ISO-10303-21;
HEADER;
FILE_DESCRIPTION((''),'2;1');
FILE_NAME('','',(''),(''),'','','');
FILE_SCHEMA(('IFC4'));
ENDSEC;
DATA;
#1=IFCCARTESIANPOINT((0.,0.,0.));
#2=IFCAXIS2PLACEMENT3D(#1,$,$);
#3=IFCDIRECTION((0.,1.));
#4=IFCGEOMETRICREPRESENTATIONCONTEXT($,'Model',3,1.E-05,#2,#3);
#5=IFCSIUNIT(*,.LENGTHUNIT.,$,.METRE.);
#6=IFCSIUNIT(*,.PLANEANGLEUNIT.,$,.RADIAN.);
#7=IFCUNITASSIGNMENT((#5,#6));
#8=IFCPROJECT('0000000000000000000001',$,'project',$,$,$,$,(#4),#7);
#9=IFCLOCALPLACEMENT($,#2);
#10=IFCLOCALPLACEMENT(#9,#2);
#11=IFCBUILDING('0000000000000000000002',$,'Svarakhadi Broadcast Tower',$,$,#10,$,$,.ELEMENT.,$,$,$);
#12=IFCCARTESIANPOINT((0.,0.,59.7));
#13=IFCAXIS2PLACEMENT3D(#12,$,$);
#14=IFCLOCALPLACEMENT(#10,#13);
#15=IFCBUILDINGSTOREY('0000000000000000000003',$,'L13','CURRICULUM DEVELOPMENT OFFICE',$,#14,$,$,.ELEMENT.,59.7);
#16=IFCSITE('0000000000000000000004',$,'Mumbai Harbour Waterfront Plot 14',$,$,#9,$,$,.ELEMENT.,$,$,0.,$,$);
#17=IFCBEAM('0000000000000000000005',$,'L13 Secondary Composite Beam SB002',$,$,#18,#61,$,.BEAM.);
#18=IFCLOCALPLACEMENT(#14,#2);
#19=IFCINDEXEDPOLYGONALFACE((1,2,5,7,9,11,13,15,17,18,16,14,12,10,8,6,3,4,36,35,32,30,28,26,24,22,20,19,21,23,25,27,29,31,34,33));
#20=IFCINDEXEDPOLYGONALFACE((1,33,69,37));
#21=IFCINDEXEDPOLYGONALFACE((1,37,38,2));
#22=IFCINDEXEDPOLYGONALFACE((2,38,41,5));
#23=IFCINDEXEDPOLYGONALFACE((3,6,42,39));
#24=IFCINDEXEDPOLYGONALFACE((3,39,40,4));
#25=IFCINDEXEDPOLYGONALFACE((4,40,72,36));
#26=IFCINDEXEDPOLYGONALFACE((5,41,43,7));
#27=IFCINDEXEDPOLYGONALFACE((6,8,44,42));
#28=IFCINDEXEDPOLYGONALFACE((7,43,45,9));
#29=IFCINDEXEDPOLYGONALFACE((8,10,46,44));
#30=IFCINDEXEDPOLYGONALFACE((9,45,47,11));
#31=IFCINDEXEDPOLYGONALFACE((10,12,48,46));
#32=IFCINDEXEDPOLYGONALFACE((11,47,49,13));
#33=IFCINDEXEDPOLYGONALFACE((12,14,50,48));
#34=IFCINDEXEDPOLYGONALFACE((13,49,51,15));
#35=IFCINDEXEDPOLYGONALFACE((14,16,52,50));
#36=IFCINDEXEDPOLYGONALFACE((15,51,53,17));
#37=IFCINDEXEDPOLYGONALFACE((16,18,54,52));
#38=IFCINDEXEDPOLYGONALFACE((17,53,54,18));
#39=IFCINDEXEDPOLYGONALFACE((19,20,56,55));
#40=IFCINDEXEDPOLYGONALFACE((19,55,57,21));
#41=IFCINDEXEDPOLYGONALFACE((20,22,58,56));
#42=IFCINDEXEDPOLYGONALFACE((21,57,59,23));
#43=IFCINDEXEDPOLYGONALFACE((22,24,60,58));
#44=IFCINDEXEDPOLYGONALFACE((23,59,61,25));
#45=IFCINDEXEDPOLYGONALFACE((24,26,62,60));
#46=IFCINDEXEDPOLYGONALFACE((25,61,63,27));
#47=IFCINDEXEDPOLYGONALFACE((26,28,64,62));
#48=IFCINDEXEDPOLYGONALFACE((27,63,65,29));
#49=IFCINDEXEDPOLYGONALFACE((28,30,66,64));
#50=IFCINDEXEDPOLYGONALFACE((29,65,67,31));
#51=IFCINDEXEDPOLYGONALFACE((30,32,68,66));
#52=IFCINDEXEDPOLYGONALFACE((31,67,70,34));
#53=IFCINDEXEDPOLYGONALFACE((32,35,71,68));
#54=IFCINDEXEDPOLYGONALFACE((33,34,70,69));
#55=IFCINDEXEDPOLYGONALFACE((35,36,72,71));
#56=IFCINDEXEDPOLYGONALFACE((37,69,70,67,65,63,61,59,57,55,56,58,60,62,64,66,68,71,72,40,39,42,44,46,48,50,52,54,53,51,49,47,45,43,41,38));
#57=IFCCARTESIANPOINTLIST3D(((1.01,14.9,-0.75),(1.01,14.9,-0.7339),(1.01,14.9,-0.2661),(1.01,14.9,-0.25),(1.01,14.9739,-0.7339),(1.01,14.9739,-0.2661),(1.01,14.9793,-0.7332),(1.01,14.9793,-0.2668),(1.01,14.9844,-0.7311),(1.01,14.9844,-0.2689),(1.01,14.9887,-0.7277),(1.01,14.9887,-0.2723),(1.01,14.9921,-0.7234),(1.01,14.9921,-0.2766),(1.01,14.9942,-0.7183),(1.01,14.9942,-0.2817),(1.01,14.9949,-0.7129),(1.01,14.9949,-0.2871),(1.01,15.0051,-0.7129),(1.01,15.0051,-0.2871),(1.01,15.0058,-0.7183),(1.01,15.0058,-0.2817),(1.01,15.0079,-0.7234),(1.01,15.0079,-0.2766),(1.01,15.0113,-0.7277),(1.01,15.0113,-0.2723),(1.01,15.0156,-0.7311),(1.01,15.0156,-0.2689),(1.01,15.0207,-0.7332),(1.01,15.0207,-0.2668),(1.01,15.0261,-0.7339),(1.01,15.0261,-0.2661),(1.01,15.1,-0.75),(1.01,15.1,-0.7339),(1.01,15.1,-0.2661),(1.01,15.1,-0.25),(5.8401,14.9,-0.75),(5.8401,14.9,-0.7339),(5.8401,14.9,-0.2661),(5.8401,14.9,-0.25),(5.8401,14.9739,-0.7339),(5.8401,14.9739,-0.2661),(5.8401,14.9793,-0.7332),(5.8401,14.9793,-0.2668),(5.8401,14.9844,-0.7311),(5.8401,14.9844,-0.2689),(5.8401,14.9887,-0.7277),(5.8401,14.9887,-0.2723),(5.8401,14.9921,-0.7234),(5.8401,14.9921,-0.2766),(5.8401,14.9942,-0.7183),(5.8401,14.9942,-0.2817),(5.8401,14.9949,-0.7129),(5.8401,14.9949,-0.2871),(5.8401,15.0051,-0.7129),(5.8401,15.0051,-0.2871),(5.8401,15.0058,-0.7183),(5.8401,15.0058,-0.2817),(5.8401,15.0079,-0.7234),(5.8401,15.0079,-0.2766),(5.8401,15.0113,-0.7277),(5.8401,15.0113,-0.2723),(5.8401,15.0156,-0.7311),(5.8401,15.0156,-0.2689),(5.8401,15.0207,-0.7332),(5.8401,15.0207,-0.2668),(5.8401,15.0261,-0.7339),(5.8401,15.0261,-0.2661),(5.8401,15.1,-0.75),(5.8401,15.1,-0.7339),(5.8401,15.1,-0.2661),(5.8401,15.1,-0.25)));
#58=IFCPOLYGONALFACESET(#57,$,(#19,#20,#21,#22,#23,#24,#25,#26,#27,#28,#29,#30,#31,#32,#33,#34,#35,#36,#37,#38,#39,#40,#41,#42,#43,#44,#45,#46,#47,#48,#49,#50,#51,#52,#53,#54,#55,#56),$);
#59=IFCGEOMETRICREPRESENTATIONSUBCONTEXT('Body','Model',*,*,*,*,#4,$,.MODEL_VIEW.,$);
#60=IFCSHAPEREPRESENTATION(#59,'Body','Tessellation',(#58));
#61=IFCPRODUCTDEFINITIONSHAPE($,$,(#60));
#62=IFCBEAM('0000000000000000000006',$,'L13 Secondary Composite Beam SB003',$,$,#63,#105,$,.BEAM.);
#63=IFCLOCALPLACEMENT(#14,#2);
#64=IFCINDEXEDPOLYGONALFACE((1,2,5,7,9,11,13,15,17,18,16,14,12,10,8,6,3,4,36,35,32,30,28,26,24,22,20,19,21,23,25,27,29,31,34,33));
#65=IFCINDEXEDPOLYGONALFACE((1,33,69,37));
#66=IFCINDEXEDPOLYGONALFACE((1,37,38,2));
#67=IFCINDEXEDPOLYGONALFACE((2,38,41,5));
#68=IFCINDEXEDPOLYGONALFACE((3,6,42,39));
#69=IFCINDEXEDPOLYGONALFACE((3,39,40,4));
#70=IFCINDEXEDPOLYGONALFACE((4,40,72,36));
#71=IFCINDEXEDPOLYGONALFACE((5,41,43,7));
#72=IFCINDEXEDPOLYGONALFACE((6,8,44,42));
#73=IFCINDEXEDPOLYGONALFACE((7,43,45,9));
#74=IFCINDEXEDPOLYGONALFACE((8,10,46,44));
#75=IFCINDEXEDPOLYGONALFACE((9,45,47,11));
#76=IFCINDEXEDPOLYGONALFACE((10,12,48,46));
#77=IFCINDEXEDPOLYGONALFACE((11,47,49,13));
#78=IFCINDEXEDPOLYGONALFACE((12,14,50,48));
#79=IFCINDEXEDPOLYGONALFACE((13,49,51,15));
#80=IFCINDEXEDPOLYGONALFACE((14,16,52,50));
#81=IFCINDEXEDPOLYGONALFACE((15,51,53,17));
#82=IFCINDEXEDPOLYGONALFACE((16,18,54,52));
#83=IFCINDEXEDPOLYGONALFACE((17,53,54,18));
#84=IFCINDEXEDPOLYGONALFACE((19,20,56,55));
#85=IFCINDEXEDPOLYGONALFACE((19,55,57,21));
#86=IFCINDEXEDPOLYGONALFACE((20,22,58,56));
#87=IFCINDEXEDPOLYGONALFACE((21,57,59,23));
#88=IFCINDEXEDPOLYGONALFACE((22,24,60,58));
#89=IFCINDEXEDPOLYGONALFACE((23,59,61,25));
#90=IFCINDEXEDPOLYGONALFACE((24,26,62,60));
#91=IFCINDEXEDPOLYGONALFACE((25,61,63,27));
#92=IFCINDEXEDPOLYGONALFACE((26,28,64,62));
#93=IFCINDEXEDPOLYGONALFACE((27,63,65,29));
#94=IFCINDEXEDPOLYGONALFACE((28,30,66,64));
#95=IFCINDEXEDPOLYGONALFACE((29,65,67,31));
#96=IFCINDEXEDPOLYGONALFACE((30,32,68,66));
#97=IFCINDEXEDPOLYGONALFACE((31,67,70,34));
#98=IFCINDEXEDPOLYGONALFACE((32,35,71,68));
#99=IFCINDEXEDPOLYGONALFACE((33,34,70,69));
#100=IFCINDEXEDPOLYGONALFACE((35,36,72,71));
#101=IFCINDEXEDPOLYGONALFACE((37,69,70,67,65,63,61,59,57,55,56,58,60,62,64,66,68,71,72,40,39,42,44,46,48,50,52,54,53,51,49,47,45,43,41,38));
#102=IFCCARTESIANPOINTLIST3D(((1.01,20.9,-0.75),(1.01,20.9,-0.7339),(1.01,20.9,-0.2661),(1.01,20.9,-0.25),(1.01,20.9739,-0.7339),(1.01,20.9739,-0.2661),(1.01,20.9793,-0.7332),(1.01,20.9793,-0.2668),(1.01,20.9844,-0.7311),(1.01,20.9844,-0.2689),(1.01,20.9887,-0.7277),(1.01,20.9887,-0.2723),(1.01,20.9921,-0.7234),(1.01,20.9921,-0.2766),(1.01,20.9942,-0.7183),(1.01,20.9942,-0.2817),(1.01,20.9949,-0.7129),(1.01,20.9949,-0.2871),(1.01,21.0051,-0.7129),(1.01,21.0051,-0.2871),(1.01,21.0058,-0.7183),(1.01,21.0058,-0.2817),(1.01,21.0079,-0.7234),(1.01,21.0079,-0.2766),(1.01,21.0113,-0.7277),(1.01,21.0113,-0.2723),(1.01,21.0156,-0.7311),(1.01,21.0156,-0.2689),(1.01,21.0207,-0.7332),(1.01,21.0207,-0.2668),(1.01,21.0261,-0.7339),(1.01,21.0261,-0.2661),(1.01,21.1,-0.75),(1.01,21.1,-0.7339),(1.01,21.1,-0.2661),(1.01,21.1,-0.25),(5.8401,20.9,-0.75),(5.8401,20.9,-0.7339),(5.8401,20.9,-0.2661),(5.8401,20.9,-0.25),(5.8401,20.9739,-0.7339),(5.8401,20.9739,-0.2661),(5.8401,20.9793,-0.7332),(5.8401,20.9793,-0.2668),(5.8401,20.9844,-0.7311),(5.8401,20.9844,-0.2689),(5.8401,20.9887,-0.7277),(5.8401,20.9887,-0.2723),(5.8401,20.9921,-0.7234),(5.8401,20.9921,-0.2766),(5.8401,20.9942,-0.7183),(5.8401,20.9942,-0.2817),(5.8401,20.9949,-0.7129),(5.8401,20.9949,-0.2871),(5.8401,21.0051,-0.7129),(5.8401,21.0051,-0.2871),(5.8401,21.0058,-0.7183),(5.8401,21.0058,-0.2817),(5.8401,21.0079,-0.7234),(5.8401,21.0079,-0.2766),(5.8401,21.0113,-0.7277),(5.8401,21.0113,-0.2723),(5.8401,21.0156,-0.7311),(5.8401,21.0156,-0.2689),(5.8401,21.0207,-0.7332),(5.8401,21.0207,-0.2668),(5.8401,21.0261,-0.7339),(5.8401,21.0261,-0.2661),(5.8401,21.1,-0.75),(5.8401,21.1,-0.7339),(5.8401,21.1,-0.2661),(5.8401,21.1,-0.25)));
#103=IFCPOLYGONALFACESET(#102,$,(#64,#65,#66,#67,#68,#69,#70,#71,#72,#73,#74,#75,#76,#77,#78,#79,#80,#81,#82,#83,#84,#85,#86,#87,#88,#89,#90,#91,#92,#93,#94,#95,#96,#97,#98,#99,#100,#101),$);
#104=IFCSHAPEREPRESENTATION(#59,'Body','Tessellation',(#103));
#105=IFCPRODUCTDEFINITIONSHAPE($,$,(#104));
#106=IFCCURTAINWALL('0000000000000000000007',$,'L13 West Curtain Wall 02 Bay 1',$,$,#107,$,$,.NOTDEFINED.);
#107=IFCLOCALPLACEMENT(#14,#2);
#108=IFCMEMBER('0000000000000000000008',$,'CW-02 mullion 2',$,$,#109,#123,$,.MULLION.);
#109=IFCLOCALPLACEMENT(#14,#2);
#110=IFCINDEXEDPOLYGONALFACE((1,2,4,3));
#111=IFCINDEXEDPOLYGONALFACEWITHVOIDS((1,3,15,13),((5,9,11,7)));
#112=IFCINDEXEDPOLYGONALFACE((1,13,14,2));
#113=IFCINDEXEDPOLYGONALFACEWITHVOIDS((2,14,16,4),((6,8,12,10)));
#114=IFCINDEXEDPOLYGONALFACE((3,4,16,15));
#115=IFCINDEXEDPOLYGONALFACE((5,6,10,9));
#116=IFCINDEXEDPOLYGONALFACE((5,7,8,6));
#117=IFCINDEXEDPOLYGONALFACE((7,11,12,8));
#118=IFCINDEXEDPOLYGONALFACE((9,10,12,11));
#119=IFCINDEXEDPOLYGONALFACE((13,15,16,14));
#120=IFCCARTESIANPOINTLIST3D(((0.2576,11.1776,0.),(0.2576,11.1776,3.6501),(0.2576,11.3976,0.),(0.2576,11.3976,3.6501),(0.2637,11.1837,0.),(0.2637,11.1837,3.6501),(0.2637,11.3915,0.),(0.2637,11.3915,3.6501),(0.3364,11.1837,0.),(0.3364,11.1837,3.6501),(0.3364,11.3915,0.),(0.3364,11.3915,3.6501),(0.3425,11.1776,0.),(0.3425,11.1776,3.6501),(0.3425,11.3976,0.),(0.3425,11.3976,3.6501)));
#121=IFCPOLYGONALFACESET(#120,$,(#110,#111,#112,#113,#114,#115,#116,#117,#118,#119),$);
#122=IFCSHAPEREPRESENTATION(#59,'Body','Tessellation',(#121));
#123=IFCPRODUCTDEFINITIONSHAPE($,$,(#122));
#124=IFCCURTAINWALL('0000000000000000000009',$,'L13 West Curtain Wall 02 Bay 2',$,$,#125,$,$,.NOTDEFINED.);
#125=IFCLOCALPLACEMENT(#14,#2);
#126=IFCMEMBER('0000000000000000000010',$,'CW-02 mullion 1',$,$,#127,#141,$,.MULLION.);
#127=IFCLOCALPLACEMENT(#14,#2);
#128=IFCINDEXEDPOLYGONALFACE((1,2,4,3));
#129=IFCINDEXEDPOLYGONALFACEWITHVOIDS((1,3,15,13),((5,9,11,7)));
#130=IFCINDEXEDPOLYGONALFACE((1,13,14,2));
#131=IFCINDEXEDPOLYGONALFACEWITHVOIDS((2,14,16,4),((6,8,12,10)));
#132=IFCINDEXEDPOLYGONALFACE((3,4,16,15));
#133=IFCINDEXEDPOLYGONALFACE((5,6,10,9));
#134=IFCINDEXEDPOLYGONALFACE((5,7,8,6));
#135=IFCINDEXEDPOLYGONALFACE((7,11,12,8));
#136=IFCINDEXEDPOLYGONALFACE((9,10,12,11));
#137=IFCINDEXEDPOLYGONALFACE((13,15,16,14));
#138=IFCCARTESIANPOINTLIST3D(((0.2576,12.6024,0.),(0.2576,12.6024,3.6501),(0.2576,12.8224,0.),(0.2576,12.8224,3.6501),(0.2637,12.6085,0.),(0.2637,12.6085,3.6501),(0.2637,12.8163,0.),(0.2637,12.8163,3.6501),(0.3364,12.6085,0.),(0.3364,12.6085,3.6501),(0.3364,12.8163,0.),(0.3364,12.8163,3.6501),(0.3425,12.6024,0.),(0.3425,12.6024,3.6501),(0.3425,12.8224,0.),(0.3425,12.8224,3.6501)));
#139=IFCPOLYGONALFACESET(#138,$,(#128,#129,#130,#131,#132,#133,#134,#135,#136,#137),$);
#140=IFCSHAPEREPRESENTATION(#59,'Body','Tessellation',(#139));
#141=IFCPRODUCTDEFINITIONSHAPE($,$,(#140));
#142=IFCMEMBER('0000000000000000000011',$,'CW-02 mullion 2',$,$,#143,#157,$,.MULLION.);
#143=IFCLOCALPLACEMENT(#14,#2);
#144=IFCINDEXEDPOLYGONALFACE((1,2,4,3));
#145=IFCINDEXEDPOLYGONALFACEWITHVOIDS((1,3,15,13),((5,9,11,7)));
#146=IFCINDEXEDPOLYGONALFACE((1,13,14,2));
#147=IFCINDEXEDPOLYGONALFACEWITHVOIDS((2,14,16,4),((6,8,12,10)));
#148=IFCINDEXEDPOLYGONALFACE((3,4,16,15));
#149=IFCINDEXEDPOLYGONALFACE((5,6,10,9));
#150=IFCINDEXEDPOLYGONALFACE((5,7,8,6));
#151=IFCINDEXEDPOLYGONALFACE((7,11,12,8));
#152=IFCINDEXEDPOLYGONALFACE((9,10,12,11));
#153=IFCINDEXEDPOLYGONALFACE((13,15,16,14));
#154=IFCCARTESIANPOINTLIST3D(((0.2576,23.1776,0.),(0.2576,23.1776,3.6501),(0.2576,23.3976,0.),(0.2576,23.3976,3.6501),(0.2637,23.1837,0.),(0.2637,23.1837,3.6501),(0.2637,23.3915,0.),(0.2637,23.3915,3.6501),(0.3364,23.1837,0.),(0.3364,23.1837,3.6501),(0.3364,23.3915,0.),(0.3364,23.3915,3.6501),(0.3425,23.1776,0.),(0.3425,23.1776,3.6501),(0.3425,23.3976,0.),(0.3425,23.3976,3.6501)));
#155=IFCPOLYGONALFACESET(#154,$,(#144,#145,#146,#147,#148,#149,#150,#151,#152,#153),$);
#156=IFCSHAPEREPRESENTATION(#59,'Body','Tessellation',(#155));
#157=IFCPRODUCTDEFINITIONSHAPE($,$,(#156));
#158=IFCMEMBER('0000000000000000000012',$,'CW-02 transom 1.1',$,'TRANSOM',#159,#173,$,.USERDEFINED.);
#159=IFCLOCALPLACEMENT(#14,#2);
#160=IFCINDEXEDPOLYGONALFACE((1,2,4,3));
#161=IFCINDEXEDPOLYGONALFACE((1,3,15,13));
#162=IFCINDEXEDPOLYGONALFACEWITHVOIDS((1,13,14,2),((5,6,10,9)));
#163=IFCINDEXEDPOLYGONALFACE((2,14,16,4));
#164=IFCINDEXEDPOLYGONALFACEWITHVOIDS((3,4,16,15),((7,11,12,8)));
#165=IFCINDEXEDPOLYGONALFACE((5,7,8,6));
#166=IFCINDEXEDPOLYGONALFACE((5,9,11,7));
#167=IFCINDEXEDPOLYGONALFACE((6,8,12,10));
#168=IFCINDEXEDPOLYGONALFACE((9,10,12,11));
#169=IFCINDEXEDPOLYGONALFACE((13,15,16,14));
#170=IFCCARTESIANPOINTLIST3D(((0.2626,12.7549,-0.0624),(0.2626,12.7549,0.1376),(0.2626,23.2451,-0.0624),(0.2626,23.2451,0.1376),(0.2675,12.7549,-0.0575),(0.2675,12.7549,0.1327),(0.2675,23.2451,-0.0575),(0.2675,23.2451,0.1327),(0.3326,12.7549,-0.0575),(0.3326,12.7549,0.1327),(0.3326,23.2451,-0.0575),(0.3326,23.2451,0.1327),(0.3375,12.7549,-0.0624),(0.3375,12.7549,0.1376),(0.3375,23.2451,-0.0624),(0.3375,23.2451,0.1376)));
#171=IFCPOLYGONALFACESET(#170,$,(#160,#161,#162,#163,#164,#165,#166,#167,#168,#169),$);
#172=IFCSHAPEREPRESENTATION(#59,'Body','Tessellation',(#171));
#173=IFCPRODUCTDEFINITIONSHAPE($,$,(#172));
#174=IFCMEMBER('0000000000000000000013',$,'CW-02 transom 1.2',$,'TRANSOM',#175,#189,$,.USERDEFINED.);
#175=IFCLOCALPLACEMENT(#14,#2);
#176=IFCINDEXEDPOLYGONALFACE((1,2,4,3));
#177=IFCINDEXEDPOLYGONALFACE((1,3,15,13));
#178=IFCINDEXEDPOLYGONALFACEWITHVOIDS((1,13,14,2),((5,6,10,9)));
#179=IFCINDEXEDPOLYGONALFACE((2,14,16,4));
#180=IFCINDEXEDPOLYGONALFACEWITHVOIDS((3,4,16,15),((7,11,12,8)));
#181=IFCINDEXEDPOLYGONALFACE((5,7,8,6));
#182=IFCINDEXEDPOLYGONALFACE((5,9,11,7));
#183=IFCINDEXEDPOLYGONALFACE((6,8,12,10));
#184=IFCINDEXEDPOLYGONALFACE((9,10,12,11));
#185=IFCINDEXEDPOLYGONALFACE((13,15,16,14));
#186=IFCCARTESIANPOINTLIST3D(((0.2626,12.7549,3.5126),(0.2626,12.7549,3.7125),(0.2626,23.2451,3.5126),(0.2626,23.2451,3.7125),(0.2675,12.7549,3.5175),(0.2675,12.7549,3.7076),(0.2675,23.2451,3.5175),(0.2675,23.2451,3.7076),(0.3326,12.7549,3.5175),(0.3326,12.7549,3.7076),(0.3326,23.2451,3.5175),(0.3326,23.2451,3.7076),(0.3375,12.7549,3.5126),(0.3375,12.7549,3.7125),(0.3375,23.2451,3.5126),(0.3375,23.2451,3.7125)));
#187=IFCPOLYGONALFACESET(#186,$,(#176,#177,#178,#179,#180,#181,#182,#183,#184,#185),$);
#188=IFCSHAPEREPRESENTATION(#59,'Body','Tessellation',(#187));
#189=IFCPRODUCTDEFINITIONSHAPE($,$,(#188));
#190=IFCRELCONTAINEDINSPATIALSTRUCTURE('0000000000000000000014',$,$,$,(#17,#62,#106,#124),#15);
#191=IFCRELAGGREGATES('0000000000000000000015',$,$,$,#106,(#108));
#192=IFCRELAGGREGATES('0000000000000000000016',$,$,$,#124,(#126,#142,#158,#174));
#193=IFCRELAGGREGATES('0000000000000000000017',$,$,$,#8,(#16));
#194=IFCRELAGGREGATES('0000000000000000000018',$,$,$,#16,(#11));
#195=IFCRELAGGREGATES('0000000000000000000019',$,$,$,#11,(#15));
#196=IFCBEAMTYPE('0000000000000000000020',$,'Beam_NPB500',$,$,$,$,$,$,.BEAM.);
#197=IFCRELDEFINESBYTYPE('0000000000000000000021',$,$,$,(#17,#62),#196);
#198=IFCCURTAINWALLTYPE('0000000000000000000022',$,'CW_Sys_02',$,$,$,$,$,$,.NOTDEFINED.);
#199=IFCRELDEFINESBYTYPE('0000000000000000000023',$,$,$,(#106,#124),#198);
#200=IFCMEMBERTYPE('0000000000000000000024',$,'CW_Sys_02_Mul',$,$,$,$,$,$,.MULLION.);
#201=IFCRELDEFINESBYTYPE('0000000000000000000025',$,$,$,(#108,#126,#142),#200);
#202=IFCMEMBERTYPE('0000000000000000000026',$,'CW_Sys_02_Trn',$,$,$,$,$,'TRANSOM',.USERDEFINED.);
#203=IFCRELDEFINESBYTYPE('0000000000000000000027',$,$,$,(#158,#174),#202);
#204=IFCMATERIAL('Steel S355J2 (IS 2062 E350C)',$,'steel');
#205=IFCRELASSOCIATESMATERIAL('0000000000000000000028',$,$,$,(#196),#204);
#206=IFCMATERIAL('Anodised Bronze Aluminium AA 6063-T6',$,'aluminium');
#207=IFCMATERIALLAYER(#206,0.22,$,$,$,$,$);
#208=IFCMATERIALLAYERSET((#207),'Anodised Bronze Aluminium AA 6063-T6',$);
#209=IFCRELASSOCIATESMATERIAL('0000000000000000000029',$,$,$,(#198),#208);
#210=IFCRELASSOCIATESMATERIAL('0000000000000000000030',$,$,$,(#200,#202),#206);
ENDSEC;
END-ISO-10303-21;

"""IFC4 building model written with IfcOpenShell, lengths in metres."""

from ifc_helpers import new_model, si_unit, direction, frame, origin, origin_2d, place, context, subcontext, project, spatial, hollow_rectangle, i_section, extrude, material, layer, layer_set, material_profile, profile_set, type_object, element, aggregate, save


model = new_model("IFC4")

# Units and contexts
model_context = context("Model", 3, precision=1e-05, world=origin(), true_north=direction((0.0, 1.0)))
body_context = subcontext(model_context, "Body", "Model", "MODEL_VIEW")
ifc_project = project(units=[si_unit("LENGTHUNIT", "METRE"), si_unit("PLANEANGLEUNIT", "RADIAN")], contexts=[model_context])

# Site, building, storey
site_placement = place(None, origin())
site = spatial("IfcSite", under=ifc_project, at=site_placement, Name="Mumbai Harbour Waterfront Plot 14", CompositionType="ELEMENT", RefElevation=0.0)
building_placement = place(site_placement, origin())
building = spatial("IfcBuilding", under=site, at=building_placement, Name="Svarakhadi Broadcast Tower", CompositionType="ELEMENT")
storey_placement = place(building_placement, frame((0.0, 0.0, 59.7)))
storey = spatial("IfcBuildingStorey", under=building, at=storey_placement, Name="L13", Description="CURRICULUM DEVELOPMENT OFFICE", CompositionType="ELEMENT", Elevation=59.7)

# Beams
ifc_material_1 = material(Name="Steel S355J2 (IS 2062 E350C)", Category="steel")
ifc_material_profile_1 = material_profile(ifc_material_1, i_section(OverallWidth=0.2, OverallDepth=0.5, WebThickness=0.0103, FlangeThickness=0.0161, FilletRadius=0.021, at=origin_2d()), Name="NPB 500x200x91")
ifc_profile_set_1 = profile_set([ifc_material_profile_1], Name="Steel S355J2 (IS 2062 E350C)")
beam_type_1 = type_object("IfcBeamType", Name="Beam_NPB500", PredefinedType="BEAM", material=ifc_profile_set_1)
for number, where, z_axis, x_axis, name in (
    (1, (1.01, 15.0, -0.5), (1.0, 0.0, 0.0), (0.0, 1.0, 0.0), "L13 Secondary Composite Beam SB002"),
    (2, (1.01, 21.0, -0.5), (1.0, 0.0, 0.0), (0.0, 1.0, 0.0), "L13 Secondary Composite Beam SB003"),
):
    element("IfcBeam", number, at=place(storey_placement, frame(where, z_axis=z_axis, x_axis=x_axis)), inside=storey, type_object=beam_type_1, Name=name, PredefinedType="BEAM", context=body_context, shape_type="SweptSolid", body=[
        extrude(i_section(OverallWidth=0.2, OverallDepth=0.5, WebThickness=0.0103, FlangeThickness=0.0161, FilletRadius=0.021, at=origin_2d()), origin(), (0.0, 0.0, 1.0), 4.8301),
    ])

# Curtain wall, member
ifc_material_2 = material(Name="Anodised Bronze Aluminium AA 6063-T6", Category="aluminium")
ifc_layer_1 = layer(ifc_material_2, 0.22)
ifc_layer_set_1 = layer_set([ifc_layer_1], Name="Anodised Bronze Aluminium AA 6063-T6")
curtain_wall_type = type_object("IfcCurtainWallType", Name="CW_Sys_02", PredefinedType="NOTDEFINED", material=ifc_layer_set_1)
curtain_wall_1_placement = place(storey_placement, origin())
curtain_wall_1 = element("IfcCurtainWall", 3, at=curtain_wall_1_placement, inside=storey, type_object=curtain_wall_type, Name="L13 West Curtain Wall 02 Bay 1", PredefinedType="NOTDEFINED")
ifc_material_profile_2 = material_profile(ifc_material_2, hollow_rectangle(XDim=0.085, YDim=0.22, WallThickness=0.0061, at=origin_2d()), Name="ALU MULLION 220x85x6")
ifc_profile_set_2 = profile_set([ifc_material_profile_2], Name="Anodised Bronze Aluminium AA 6063-T6")
member_type_1 = type_object("IfcMemberType", Name="CW_Sys_02_Mul", PredefinedType="MULLION", material=ifc_profile_set_2)
member_1_placement = place(storey_placement, frame((0.3, 11.2876, 0.0), z_axis=(0.0, 0.0, 1.0), x_axis=(-1.0, 0.0, 0.0)))
member_1 = element("IfcMember", 4, at=member_1_placement, type_object=member_type_1, Name="CW-02 mullion 2", PredefinedType="MULLION", context=body_context, shape_type="SweptSolid", body=[
    extrude(hollow_rectangle(XDim=0.085, YDim=0.22, WallThickness=0.0061, at=origin_2d()), origin(), (0.0, 0.0, 1.0), 3.6501),
])

# Curtain wall, members
curtain_wall_2_placement = place(storey_placement, origin())
curtain_wall_2 = element("IfcCurtainWall", 5, at=curtain_wall_2_placement, inside=storey, type_object=curtain_wall_type, Name="L13 West Curtain Wall 02 Bay 2", PredefinedType="NOTDEFINED")
member_2_placement = place(storey_placement, frame((0.3, 12.7124, 0.0), z_axis=(0.0, 0.0, 1.0), x_axis=(-1.0, 0.0, 0.0)))
member_2 = element("IfcMember", 6, at=member_2_placement, type_object=member_type_1, Name="CW-02 mullion 1", PredefinedType="MULLION", context=body_context, shape_type="SweptSolid", body=[
    extrude(hollow_rectangle(XDim=0.085, YDim=0.22, WallThickness=0.0061, at=origin_2d()), origin(), (0.0, 0.0, 1.0), 3.6501),
])
member_3_placement = place(storey_placement, frame((0.3, 23.2876, 0.0), z_axis=(0.0, 0.0, 1.0), x_axis=(-1.0, 0.0, 0.0)))
member_3 = element("IfcMember", 7, at=member_3_placement, type_object=member_type_1, Name="CW-02 mullion 2", PredefinedType="MULLION", context=body_context, shape_type="SweptSolid", body=[
    extrude(hollow_rectangle(XDim=0.085, YDim=0.22, WallThickness=0.0061, at=origin_2d()), origin(), (0.0, 0.0, 1.0), 3.6501),
])
ifc_material_profile_3 = material_profile(ifc_material_2, hollow_rectangle(XDim=0.075, YDim=0.2, WallThickness=0.0049, at=origin_2d()), Name="ALU TRANSOM 200x75x5")
ifc_profile_set_3 = profile_set([ifc_material_profile_3], Name="Anodised Bronze Aluminium AA 6063-T6")
member_type_2 = type_object("IfcMemberType", Name="CW_Sys_02_Trn", ElementType="TRANSOM", PredefinedType="USERDEFINED", material=ifc_profile_set_3)
member_4_placement = place(storey_placement, frame((0.3, 12.7549, 0.0376), z_axis=(0.0, 1.0, 0.0), x_axis=(-1.0, 0.0, 0.0)))
member_4 = element("IfcMember", 8, at=member_4_placement, type_object=member_type_2, Name="CW-02 transom 1.1", ObjectType="TRANSOM", PredefinedType="USERDEFINED", context=body_context, shape_type="SweptSolid", body=[
    extrude(hollow_rectangle(XDim=0.075, YDim=0.2, WallThickness=0.0049, at=origin_2d()), origin(), (0.0, 0.0, 1.0), 10.4902),
])
member_5_placement = place(storey_placement, frame((0.3, 12.7549, 3.6125), z_axis=(0.0, 1.0, 0.0), x_axis=(-1.0, 0.0, 0.0)))
member_5 = element("IfcMember", 9, at=member_5_placement, type_object=member_type_2, Name="CW-02 transom 1.2", ObjectType="TRANSOM", PredefinedType="USERDEFINED", context=body_context, shape_type="SweptSolid", body=[
    extrude(hollow_rectangle(XDim=0.075, YDim=0.2, WallThickness=0.0049, at=origin_2d()), origin(), (0.0, 0.0, 1.0), 10.4902),
])

aggregate(curtain_wall_1, [member_1])
aggregate(curtain_wall_2, [member_2, member_3, member_4, member_5])

save(model, "model.ifc")
